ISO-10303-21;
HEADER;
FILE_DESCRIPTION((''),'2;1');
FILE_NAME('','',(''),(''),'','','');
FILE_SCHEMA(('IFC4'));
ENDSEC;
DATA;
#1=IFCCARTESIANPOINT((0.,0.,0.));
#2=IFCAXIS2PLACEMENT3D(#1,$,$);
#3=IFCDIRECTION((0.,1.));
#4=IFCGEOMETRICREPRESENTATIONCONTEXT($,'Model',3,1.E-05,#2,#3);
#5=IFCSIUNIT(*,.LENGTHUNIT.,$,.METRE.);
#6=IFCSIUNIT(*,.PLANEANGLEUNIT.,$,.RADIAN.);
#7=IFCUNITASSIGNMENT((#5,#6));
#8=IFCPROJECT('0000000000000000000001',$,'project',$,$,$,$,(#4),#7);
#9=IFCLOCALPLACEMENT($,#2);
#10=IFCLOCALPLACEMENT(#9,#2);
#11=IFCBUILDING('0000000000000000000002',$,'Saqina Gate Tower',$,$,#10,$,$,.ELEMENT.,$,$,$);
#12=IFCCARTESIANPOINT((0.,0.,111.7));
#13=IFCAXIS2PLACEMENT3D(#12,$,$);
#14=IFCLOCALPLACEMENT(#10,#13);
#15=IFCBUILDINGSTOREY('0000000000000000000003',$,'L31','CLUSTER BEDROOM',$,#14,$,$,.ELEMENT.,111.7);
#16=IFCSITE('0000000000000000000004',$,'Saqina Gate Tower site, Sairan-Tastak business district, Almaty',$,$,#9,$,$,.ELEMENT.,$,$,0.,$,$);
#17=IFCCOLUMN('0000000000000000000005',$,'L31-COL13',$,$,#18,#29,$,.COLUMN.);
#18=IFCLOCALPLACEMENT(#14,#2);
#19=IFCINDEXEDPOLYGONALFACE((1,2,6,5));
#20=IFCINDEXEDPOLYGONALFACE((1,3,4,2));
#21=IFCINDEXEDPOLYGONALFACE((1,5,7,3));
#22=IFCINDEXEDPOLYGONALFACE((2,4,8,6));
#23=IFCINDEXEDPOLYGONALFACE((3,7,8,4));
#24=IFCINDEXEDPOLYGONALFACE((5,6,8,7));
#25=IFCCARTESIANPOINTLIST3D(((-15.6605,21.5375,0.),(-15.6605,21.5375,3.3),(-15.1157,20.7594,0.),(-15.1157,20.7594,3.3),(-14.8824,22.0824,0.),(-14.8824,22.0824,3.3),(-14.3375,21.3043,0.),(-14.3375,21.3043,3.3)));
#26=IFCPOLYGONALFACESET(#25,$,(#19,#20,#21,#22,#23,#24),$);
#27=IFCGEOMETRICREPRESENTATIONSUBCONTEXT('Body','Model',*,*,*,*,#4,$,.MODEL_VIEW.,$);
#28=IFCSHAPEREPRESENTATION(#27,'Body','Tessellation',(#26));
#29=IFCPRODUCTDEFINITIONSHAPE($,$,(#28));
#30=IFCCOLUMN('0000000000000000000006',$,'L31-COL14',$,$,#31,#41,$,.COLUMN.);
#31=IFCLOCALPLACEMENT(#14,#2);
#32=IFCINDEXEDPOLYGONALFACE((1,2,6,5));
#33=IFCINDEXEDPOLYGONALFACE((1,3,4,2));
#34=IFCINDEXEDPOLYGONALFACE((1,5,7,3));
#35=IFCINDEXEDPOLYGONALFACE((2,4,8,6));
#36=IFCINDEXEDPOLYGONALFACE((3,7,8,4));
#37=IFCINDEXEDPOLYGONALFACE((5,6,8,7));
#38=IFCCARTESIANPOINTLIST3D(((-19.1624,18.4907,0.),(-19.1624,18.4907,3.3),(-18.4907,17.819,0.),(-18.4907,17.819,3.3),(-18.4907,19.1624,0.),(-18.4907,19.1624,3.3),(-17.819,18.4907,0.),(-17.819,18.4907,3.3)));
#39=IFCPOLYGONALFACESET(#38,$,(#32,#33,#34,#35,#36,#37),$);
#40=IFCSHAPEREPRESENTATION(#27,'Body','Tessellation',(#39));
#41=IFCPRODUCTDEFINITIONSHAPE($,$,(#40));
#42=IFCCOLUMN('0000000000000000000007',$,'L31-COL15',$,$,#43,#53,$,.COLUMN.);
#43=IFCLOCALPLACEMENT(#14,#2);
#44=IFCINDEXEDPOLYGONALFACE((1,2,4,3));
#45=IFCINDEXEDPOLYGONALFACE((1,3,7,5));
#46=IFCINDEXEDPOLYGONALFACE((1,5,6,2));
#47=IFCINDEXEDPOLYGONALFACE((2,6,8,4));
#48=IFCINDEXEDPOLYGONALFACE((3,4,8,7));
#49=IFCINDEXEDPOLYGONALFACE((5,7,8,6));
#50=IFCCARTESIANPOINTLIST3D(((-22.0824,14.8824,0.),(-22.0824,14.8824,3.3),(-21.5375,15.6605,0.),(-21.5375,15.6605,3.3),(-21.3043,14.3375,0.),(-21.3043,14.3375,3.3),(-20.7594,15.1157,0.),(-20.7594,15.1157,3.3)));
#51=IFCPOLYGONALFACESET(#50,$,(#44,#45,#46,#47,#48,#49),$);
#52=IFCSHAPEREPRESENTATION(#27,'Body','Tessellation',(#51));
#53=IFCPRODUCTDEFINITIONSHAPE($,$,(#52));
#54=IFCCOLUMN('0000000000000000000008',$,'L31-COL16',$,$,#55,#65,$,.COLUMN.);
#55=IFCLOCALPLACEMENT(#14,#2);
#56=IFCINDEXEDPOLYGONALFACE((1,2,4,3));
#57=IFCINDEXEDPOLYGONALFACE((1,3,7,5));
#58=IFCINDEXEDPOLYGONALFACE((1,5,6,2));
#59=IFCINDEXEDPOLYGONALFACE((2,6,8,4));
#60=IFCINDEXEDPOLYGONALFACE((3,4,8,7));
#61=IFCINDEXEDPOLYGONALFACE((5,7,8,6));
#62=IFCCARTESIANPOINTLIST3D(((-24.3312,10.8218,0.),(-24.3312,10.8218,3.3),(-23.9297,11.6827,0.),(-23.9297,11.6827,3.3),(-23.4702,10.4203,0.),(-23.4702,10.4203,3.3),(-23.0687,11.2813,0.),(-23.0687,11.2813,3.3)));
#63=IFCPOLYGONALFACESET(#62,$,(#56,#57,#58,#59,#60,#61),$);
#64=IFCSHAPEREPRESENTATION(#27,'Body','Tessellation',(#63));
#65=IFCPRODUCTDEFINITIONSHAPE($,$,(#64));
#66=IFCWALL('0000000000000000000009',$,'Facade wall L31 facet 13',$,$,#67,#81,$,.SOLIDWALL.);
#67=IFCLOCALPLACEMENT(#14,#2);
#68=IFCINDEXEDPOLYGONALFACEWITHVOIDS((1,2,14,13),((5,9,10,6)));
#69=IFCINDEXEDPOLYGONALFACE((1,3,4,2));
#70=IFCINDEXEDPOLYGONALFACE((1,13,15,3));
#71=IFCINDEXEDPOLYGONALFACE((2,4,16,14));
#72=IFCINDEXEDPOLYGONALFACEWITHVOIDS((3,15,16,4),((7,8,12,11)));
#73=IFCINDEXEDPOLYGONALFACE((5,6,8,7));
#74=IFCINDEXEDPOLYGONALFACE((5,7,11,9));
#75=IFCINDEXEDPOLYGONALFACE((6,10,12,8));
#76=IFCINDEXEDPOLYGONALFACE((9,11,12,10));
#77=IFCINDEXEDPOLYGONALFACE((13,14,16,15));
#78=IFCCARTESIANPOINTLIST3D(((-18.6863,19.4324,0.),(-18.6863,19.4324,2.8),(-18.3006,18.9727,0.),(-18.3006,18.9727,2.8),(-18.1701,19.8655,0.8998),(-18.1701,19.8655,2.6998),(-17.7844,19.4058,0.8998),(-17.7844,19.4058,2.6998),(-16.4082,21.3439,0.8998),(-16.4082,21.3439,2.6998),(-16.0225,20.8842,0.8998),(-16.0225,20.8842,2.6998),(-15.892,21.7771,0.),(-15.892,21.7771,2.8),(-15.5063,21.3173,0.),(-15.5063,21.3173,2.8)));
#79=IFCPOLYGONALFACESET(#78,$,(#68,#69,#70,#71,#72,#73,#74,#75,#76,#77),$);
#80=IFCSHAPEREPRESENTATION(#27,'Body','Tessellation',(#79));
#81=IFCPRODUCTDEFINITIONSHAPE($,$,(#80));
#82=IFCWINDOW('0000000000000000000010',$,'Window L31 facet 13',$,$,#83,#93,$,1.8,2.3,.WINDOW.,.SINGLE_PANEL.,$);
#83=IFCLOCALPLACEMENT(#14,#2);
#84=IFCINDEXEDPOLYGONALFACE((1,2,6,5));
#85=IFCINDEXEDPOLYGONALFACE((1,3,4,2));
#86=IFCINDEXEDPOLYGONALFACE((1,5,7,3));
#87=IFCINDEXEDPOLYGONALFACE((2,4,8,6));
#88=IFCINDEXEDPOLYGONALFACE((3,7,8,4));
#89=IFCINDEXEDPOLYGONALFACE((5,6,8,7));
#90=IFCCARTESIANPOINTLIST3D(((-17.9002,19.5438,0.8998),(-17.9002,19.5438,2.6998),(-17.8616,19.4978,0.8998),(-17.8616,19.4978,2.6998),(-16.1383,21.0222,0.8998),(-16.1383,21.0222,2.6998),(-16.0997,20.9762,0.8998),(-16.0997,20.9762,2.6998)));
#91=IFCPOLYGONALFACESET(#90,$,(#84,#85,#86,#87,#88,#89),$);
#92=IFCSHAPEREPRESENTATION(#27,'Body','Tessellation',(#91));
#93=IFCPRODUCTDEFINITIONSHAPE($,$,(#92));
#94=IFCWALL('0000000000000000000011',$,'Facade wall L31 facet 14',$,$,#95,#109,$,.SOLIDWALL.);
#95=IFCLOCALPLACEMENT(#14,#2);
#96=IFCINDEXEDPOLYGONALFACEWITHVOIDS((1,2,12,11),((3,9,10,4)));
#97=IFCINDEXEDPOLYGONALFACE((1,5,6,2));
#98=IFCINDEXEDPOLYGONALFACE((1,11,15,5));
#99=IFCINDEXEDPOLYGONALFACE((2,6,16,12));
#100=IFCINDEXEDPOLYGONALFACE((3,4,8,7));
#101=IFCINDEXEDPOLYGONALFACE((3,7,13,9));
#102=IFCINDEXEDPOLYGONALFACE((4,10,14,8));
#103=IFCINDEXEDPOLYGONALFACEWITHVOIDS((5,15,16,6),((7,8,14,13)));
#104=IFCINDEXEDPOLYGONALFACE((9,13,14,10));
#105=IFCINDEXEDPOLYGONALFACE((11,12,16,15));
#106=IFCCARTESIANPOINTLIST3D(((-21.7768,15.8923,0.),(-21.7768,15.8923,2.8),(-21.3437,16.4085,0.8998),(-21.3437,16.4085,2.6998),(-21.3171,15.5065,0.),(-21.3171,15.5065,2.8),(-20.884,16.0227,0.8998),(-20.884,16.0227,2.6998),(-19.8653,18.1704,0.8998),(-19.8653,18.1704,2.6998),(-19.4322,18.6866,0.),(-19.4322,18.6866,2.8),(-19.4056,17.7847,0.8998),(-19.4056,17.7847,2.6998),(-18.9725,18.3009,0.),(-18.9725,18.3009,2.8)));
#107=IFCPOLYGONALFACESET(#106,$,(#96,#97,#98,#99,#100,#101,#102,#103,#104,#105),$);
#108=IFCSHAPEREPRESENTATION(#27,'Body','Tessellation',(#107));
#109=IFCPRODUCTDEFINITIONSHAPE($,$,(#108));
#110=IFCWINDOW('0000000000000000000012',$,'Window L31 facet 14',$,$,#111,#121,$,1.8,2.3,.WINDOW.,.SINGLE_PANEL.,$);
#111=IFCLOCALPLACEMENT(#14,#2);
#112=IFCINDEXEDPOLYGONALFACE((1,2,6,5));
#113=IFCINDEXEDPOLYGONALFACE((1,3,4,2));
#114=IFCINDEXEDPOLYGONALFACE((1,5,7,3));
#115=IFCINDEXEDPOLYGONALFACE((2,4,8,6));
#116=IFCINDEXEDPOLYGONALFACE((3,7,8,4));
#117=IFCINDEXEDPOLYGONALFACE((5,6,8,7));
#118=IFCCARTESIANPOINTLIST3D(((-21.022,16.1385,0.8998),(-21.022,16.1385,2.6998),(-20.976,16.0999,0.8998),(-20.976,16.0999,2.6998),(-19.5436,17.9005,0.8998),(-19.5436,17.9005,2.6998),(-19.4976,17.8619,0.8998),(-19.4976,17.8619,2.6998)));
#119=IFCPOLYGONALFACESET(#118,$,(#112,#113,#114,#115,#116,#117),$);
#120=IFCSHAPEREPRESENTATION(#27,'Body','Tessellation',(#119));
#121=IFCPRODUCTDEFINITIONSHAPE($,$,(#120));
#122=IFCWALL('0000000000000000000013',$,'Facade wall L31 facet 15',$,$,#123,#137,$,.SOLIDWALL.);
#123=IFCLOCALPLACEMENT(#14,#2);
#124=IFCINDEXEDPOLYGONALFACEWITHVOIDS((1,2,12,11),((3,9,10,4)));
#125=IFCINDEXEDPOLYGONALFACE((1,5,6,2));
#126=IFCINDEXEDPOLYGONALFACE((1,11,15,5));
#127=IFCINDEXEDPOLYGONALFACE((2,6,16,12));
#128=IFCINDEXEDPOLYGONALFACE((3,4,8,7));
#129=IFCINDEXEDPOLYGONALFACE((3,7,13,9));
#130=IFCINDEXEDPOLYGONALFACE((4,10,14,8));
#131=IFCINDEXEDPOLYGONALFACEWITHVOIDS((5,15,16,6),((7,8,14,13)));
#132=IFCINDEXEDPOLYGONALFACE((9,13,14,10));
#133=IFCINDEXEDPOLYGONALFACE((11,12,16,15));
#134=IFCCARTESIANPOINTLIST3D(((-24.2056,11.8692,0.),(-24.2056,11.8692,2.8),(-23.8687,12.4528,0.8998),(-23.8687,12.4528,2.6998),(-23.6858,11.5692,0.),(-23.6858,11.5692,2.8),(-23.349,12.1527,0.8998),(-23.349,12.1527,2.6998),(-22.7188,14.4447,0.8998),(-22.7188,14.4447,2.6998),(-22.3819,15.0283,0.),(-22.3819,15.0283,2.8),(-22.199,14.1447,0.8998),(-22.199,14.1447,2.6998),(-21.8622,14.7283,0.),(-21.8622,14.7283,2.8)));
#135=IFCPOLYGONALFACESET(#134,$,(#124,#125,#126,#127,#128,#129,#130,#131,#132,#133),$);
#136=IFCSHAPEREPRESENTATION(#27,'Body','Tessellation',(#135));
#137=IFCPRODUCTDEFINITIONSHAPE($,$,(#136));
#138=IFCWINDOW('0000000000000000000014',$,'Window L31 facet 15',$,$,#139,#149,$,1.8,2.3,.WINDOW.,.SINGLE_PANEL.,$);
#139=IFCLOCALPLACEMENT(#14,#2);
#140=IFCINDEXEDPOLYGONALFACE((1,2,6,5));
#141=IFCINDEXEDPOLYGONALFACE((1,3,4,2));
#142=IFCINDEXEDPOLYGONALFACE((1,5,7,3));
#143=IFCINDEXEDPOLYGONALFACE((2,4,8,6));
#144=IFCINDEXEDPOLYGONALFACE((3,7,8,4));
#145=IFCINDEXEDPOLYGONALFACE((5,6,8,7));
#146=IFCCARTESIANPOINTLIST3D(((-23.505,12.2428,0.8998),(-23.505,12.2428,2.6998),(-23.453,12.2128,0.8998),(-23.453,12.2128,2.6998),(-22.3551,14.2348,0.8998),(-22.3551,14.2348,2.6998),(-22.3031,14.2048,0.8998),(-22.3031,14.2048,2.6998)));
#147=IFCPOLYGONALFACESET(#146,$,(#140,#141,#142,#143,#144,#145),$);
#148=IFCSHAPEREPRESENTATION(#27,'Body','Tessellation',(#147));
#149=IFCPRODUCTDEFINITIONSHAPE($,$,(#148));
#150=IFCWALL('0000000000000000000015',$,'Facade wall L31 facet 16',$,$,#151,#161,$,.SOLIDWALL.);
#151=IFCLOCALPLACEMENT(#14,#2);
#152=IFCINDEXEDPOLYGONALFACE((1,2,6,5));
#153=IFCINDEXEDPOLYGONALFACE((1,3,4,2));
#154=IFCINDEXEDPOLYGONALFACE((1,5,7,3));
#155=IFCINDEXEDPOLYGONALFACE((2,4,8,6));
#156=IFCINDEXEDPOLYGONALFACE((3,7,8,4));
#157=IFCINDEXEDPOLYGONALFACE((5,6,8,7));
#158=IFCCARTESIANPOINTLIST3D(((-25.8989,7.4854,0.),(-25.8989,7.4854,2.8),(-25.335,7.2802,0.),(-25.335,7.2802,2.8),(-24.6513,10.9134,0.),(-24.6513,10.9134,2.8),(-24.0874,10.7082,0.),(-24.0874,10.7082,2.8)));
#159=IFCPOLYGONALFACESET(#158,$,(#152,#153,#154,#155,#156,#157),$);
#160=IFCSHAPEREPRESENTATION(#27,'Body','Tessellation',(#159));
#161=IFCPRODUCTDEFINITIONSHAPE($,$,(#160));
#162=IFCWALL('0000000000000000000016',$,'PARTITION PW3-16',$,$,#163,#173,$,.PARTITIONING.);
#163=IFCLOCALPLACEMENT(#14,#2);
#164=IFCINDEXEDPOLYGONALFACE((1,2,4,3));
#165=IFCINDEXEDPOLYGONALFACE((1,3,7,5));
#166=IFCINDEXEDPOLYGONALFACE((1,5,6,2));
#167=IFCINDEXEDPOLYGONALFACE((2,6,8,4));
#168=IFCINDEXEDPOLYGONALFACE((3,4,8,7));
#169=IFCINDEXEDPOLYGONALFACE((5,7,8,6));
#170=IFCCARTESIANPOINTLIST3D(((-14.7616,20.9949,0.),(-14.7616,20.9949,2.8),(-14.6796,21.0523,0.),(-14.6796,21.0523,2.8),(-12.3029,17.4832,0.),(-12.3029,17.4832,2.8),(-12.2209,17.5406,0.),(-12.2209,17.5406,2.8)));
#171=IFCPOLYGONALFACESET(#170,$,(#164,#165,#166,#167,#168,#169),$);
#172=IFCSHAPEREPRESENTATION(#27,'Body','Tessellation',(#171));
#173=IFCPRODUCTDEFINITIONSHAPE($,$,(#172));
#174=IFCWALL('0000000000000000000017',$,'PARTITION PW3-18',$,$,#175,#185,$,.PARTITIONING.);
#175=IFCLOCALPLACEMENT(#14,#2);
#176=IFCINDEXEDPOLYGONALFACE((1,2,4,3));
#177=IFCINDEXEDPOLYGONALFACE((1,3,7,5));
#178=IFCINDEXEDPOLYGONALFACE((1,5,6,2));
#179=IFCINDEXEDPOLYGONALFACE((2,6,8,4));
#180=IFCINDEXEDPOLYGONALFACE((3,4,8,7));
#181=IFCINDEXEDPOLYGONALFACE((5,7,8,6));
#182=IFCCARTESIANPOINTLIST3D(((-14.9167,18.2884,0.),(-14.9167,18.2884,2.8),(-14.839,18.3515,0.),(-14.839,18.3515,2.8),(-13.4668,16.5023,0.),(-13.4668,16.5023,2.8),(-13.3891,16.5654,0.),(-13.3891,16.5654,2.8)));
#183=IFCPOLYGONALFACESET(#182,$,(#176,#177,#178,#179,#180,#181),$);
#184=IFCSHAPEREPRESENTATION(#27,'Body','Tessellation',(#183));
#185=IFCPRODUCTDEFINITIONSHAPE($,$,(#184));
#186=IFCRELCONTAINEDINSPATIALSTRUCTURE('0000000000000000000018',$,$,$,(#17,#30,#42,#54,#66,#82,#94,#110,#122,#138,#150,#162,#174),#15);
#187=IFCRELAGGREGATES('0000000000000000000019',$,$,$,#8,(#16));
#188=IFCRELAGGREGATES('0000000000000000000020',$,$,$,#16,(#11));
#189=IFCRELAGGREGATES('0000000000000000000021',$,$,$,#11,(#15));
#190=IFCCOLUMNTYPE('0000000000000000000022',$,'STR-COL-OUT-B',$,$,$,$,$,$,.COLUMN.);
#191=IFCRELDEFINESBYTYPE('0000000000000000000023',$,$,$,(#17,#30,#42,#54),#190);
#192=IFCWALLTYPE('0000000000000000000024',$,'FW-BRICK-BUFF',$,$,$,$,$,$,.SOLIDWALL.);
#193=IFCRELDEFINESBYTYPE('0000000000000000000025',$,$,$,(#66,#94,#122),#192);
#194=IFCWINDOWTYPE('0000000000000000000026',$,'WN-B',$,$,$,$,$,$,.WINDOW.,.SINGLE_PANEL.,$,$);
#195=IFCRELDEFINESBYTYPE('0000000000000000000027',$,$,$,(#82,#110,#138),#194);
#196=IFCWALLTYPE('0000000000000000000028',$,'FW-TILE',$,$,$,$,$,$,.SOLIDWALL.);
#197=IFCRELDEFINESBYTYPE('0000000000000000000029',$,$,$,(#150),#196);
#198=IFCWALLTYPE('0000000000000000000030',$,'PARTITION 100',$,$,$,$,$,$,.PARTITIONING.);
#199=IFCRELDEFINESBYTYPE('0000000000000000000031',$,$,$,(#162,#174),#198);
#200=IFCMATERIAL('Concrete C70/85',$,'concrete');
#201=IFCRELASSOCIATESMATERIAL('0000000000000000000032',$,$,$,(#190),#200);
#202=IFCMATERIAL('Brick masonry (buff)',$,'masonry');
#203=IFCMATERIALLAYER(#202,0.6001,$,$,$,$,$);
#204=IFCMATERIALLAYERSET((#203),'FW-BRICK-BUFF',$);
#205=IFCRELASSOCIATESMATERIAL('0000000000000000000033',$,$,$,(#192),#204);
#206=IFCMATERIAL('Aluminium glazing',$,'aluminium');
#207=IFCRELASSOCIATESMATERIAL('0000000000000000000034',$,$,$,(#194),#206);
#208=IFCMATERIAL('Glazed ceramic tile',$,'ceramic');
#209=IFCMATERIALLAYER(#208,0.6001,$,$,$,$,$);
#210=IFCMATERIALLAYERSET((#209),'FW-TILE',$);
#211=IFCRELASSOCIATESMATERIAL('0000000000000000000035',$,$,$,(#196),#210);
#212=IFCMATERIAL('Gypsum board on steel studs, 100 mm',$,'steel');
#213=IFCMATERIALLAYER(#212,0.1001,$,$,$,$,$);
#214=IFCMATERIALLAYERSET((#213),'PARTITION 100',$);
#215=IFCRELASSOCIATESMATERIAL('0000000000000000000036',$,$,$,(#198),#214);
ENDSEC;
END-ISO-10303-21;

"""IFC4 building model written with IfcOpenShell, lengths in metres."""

from ifc_helpers import new_model, si_unit, direction, frame, frame_2d, origin, origin_2d, place, context, subcontext, project, spatial, rectangle, extrude, material, layer, layer_set, material_profile, profile_set, type_object, element, fill, save


model = new_model("IFC4")

# Units and contexts
model_context = context("Model", 3, precision=1e-05, world=origin(), true_north=direction((0.0, 1.0)))
body_context = subcontext(model_context, "Body", "Model", "MODEL_VIEW")
ifc_project = project(units=[si_unit("LENGTHUNIT", "METRE"), si_unit("PLANEANGLEUNIT", "RADIAN")], contexts=[model_context])

# Site, building, storey
site_placement = place(None, origin())
site = spatial("IfcSite", under=ifc_project, at=site_placement, Name="Saqina Gate Tower site, Sairan-Tastak business district, Almaty", CompositionType="ELEMENT", RefElevation=0.0)
building_placement = place(site_placement, origin())
building = spatial("IfcBuilding", under=site, at=building_placement, Name="Saqina Gate Tower", CompositionType="ELEMENT")
storey_placement = place(building_placement, frame((0.0, 0.0, 111.7)))
storey = spatial("IfcBuildingStorey", under=building, at=storey_placement, Name="L31", Description="CLUSTER BEDROOM", CompositionType="ELEMENT", Elevation=111.7)

# Columns
ifc_material_1 = material(Name="Concrete C70/85", Category="concrete")
ifc_material_profile = material_profile(ifc_material_1, rectangle(XDim=0.95, YDim=0.95, at=origin_2d()), Name="RC 950x950")
ifc_profile_set = profile_set([ifc_material_profile], Name="Concrete C70/85")
column_type = type_object("IfcColumnType", Name="STR-COL-OUT-B", PredefinedType="COLUMN", material=ifc_profile_set)
for number, where, z_axis, x_axis, name in (
    (1, (-14.999, 21.4209, 0.0), (0.0, 0.0, 1.0), (-0.573576, 0.819152, 0.0), "L31-COL13"),
    (2, (-18.4907, 18.4907, 0.0), (0.0, 0.0, 1.0), (-0.707107, 0.707107, 0.0), "L31-COL14"),
    (3, (-21.4209, 14.999, 0.0), (0.0, 0.0, 1.0), (-0.819152, 0.573576, 0.0), "L31-COL15"),
    (4, (-23.7, 11.0515, 0.0), (0.0, 0.0, 1.0), (-0.906308, 0.422618, 0.0), "L31-COL16"),
):
    element("IfcColumn", number, at=place(storey_placement, frame(where, z_axis=z_axis, x_axis=x_axis)), inside=storey, type_object=column_type, Name=name, PredefinedType="COLUMN", context=body_context, shape_type="SweptSolid", body=[
        extrude(rectangle(XDim=0.95, YDim=0.95, at=origin_2d()), origin(), (0.0, 0.0, 1.0), 3.3),
    ])

# Walls, openings, windows
ifc_material_2 = material(Name="Brick masonry (buff)", Category="masonry")
ifc_layer_1 = layer(ifc_material_2, 0.6001)
ifc_layer_set_1 = layer_set([ifc_layer_1], Name="FW-BRICK-BUFF")
wall_type_1 = type_object("IfcWallType", Name="FW-BRICK-BUFF", PredefinedType="SOLIDWALL", material=ifc_layer_set_1)
wall_1_placement = place(storey_placement, frame((-15.6992, 21.5471, 0.0), z_axis=(0.0, 0.0, 1.0), x_axis=(-0.766055, -0.642774, 0.0)))
wall_1 = element("IfcWall", 5, at=wall_1_placement, inside=storey, type_object=wall_type_1, Name="Facade wall L31 facet 13", PredefinedType="SOLIDWALL", context=body_context, shape_type="SweptSolid", body=[
    extrude(rectangle(XDim=3.6477, YDim=0.6001, at=frame_2d((1.8237, 0.0))), origin(), (0.0, 0.0, 1.0), 2.8),
])
opening_1_placement = place(wall_1_placement, frame((0.6738, 0.0, 0.8999)))
opening_1 = element("IfcOpeningElement", 6, at=opening_1_placement, cuts=wall_1, PredefinedType="OPENING", context=body_context, shape_type="SweptSolid", body=[
    extrude(rectangle(XDim=2.3, YDim=1.8, at=frame_2d((1.1499, 0.8999))), frame((0.0, 0.312, 0.0), z_axis=(0.0, -1.0, 0.0), x_axis=(1.0, 0.0, 0.0)), (0.0, 0.0, 1.0), 0.624),
])
ifc_material_3 = material(Name="Aluminium glazing", Category="aluminium")
window_type = type_object("IfcWindowType", Name="WN-B", PartitioningType="SINGLE_PANEL", PredefinedType="WINDOW", material=ifc_material_3)
window_1_placement = place(opening_1_placement, origin())
window_1 = element("IfcWindow", 7, at=window_1_placement, inside=storey, type_object=window_type, Name="Window L31 facet 13", OverallHeight=1.8, OverallWidth=2.3, PartitioningType="SINGLE_PANEL", PredefinedType="WINDOW", context=body_context, shape_type="SweptSolid", body=[
    extrude(rectangle(XDim=2.3, YDim=1.8, at=frame_2d((1.1499, 0.8999))), frame((0.0, 0.1799, 0.0), z_axis=(0.0, -1.0, 0.0), x_axis=(1.0, 0.0, 0.0)), (0.0, 0.0, 1.0), 0.0601),
])
fill(opening_1, window_1)
wall_2_placement = place(storey_placement, frame((-19.2024, 18.4937, 0.0), z_axis=(0.0, 0.0, 1.0), x_axis=(-0.642774, -0.766055, 0.0)))
wall_2 = element("IfcWall", 8, at=wall_2_placement, inside=storey, type_object=wall_type_1, Name="Facade wall L31 facet 14", PredefinedType="SOLIDWALL", context=body_context, shape_type="SweptSolid", body=[
    extrude(rectangle(XDim=3.6477, YDim=0.6001, at=frame_2d((1.8237, 0.0))), origin(), (0.0, 0.0, 1.0), 2.8),
])
opening_2_placement = place(wall_2_placement, frame((0.6738, 0.0, 0.8999)))
opening_2 = element("IfcOpeningElement", 9, at=opening_2_placement, cuts=wall_2, PredefinedType="OPENING", context=body_context, shape_type="SweptSolid", body=[
    extrude(rectangle(XDim=2.3, YDim=1.8, at=frame_2d((1.1499, 0.8999))), frame((0.0, 0.312, 0.0), z_axis=(0.0, -1.0, 0.0), x_axis=(1.0, 0.0, 0.0)), (0.0, 0.0, 1.0), 0.624),
])
window_2_placement = place(opening_2_placement, origin())
window_2 = element("IfcWindow", 10, at=window_2_placement, inside=storey, type_object=window_type, Name="Window L31 facet 14", OverallHeight=1.8, OverallWidth=2.3, PartitioningType="SINGLE_PANEL", PredefinedType="WINDOW", context=body_context, shape_type="SweptSolid", body=[
    extrude(rectangle(XDim=2.3, YDim=1.8, at=frame_2d((1.1499, 0.8999))), frame((0.0, 0.1799, 0.0), z_axis=(0.0, -1.0, 0.0), x_axis=(1.0, 0.0, 0.0)), (0.0, 0.0, 1.0), 0.0601),
])
fill(opening_2, window_2)
wall_3_placement = place(storey_placement, frame((-22.1221, 14.8782, 0.0), z_axis=(0.0, 0.0, 1.0), x_axis=(-0.499954, -0.866052, 0.0)))
wall_3 = element("IfcWall", 11, at=wall_3_placement, inside=storey, type_object=wall_type_1, Name="Facade wall L31 facet 15", PredefinedType="SOLIDWALL", context=body_context, shape_type="SweptSolid", body=[
    extrude(rectangle(XDim=3.6477, YDim=0.6001, at=frame_2d((1.8237, 0.0))), origin(), (0.0, 0.0, 1.0), 2.8),
])
opening_3_placement = place(wall_3_placement, frame((0.6738, 0.0, 0.8999)))
opening_3 = element("IfcOpeningElement", 12, at=opening_3_placement, cuts=wall_3, PredefinedType="OPENING", context=body_context, shape_type="SweptSolid", body=[
    extrude(rectangle(XDim=2.3, YDim=1.8, at=frame_2d((1.1499, 0.8999))), frame((0.0, 0.312, 0.0), z_axis=(0.0, -1.0, 0.0), x_axis=(1.0, 0.0, 0.0)), (0.0, 0.0, 1.0), 0.624),
])
window_3_placement = place(opening_3_placement, origin())
window_3 = element("IfcWindow", 13, at=window_3_placement, inside=storey, type_object=window_type, Name="Window L31 facet 15", OverallHeight=1.8, OverallWidth=2.3, PartitioningType="SINGLE_PANEL", PredefinedType="WINDOW", context=body_context, shape_type="SweptSolid", body=[
    extrude(rectangle(XDim=2.3, YDim=1.8, at=frame_2d((1.1499, 0.8999))), frame((0.0, 0.1799, 0.0), z_axis=(0.0, -1.0, 0.0), x_axis=(1.0, 0.0, 0.0)), (0.0, 0.0, 1.0), 0.0601),
])
fill(opening_3, window_3)

# Walls
ifc_material_4 = material(Name="Glazed ceramic tile", Category="ceramic")
ifc_layer_2 = layer(ifc_material_4, 0.6001)
ifc_layer_set_2 = layer_set([ifc_layer_2], Name="FW-TILE")
wall_type_2 = type_object("IfcWallType", Name="FW-TILE", PredefinedType="SOLIDWALL", material=ifc_layer_set_2)
wall_4_placement = place(storey_placement, frame((-24.3694, 10.8108, 0.0), z_axis=(0.0, 0.0, 1.0), x_axis=(-0.34199, -0.939704, 0.0)))
element("IfcWall", 14, at=wall_4_placement, inside=storey, type_object=wall_type_2, Name="Facade wall L31 facet 16", PredefinedType="SOLIDWALL", context=body_context, shape_type="SweptSolid", body=[
    extrude(rectangle(XDim=3.6479, YDim=0.6001, at=frame_2d((1.824, 0.0))), origin(), (0.0, 0.0, 1.0), 2.8),
])
ifc_material_5 = material(Name="Gypsum board on steel studs, 100 mm", Category="steel")
ifc_layer_3 = layer(ifc_material_5, 0.1001)
ifc_layer_set_3 = layer_set([ifc_layer_3], Name="PARTITION 100")
wall_type_3 = type_object("IfcWallType", Name="PARTITION 100", PredefinedType="PARTITIONING", material=ifc_layer_set_3)
wall_5_placement = place(storey_placement, frame((-14.7207, 21.0237, 0.0), z_axis=(0.0, 0.0, 1.0), x_axis=(0.573546, -0.819173, 0.0)))
element("IfcWall", 15, at=wall_5_placement, inside=storey, type_object=wall_type_3, Name="PARTITION PW3-16", PredefinedType="PARTITIONING", context=body_context, shape_type="SweptSolid", body=[
    extrude(rectangle(XDim=4.2869, YDim=0.1001, at=frame_2d((2.1436, 0.0))), origin(), (0.0, 0.0, 1.0), 2.8),
])
wall_6_placement = place(storey_placement, frame((-14.8779, 18.3201, 0.0), z_axis=(0.0, 0.0, 1.0), x_axis=(0.630257, -0.776387, 0.0)))
element("IfcWall", 16, at=wall_6_placement, inside=storey, type_object=wall_type_3, Name="PARTITION PW3-18", PredefinedType="PARTITIONING", context=body_context, shape_type="SweptSolid", body=[
    extrude(rectangle(XDim=2.3005, YDim=0.1001, at=frame_2d((1.1504, 0.0))), origin(), (0.0, 0.0, 1.0), 2.8),
])

save(model, "model.ifc")
